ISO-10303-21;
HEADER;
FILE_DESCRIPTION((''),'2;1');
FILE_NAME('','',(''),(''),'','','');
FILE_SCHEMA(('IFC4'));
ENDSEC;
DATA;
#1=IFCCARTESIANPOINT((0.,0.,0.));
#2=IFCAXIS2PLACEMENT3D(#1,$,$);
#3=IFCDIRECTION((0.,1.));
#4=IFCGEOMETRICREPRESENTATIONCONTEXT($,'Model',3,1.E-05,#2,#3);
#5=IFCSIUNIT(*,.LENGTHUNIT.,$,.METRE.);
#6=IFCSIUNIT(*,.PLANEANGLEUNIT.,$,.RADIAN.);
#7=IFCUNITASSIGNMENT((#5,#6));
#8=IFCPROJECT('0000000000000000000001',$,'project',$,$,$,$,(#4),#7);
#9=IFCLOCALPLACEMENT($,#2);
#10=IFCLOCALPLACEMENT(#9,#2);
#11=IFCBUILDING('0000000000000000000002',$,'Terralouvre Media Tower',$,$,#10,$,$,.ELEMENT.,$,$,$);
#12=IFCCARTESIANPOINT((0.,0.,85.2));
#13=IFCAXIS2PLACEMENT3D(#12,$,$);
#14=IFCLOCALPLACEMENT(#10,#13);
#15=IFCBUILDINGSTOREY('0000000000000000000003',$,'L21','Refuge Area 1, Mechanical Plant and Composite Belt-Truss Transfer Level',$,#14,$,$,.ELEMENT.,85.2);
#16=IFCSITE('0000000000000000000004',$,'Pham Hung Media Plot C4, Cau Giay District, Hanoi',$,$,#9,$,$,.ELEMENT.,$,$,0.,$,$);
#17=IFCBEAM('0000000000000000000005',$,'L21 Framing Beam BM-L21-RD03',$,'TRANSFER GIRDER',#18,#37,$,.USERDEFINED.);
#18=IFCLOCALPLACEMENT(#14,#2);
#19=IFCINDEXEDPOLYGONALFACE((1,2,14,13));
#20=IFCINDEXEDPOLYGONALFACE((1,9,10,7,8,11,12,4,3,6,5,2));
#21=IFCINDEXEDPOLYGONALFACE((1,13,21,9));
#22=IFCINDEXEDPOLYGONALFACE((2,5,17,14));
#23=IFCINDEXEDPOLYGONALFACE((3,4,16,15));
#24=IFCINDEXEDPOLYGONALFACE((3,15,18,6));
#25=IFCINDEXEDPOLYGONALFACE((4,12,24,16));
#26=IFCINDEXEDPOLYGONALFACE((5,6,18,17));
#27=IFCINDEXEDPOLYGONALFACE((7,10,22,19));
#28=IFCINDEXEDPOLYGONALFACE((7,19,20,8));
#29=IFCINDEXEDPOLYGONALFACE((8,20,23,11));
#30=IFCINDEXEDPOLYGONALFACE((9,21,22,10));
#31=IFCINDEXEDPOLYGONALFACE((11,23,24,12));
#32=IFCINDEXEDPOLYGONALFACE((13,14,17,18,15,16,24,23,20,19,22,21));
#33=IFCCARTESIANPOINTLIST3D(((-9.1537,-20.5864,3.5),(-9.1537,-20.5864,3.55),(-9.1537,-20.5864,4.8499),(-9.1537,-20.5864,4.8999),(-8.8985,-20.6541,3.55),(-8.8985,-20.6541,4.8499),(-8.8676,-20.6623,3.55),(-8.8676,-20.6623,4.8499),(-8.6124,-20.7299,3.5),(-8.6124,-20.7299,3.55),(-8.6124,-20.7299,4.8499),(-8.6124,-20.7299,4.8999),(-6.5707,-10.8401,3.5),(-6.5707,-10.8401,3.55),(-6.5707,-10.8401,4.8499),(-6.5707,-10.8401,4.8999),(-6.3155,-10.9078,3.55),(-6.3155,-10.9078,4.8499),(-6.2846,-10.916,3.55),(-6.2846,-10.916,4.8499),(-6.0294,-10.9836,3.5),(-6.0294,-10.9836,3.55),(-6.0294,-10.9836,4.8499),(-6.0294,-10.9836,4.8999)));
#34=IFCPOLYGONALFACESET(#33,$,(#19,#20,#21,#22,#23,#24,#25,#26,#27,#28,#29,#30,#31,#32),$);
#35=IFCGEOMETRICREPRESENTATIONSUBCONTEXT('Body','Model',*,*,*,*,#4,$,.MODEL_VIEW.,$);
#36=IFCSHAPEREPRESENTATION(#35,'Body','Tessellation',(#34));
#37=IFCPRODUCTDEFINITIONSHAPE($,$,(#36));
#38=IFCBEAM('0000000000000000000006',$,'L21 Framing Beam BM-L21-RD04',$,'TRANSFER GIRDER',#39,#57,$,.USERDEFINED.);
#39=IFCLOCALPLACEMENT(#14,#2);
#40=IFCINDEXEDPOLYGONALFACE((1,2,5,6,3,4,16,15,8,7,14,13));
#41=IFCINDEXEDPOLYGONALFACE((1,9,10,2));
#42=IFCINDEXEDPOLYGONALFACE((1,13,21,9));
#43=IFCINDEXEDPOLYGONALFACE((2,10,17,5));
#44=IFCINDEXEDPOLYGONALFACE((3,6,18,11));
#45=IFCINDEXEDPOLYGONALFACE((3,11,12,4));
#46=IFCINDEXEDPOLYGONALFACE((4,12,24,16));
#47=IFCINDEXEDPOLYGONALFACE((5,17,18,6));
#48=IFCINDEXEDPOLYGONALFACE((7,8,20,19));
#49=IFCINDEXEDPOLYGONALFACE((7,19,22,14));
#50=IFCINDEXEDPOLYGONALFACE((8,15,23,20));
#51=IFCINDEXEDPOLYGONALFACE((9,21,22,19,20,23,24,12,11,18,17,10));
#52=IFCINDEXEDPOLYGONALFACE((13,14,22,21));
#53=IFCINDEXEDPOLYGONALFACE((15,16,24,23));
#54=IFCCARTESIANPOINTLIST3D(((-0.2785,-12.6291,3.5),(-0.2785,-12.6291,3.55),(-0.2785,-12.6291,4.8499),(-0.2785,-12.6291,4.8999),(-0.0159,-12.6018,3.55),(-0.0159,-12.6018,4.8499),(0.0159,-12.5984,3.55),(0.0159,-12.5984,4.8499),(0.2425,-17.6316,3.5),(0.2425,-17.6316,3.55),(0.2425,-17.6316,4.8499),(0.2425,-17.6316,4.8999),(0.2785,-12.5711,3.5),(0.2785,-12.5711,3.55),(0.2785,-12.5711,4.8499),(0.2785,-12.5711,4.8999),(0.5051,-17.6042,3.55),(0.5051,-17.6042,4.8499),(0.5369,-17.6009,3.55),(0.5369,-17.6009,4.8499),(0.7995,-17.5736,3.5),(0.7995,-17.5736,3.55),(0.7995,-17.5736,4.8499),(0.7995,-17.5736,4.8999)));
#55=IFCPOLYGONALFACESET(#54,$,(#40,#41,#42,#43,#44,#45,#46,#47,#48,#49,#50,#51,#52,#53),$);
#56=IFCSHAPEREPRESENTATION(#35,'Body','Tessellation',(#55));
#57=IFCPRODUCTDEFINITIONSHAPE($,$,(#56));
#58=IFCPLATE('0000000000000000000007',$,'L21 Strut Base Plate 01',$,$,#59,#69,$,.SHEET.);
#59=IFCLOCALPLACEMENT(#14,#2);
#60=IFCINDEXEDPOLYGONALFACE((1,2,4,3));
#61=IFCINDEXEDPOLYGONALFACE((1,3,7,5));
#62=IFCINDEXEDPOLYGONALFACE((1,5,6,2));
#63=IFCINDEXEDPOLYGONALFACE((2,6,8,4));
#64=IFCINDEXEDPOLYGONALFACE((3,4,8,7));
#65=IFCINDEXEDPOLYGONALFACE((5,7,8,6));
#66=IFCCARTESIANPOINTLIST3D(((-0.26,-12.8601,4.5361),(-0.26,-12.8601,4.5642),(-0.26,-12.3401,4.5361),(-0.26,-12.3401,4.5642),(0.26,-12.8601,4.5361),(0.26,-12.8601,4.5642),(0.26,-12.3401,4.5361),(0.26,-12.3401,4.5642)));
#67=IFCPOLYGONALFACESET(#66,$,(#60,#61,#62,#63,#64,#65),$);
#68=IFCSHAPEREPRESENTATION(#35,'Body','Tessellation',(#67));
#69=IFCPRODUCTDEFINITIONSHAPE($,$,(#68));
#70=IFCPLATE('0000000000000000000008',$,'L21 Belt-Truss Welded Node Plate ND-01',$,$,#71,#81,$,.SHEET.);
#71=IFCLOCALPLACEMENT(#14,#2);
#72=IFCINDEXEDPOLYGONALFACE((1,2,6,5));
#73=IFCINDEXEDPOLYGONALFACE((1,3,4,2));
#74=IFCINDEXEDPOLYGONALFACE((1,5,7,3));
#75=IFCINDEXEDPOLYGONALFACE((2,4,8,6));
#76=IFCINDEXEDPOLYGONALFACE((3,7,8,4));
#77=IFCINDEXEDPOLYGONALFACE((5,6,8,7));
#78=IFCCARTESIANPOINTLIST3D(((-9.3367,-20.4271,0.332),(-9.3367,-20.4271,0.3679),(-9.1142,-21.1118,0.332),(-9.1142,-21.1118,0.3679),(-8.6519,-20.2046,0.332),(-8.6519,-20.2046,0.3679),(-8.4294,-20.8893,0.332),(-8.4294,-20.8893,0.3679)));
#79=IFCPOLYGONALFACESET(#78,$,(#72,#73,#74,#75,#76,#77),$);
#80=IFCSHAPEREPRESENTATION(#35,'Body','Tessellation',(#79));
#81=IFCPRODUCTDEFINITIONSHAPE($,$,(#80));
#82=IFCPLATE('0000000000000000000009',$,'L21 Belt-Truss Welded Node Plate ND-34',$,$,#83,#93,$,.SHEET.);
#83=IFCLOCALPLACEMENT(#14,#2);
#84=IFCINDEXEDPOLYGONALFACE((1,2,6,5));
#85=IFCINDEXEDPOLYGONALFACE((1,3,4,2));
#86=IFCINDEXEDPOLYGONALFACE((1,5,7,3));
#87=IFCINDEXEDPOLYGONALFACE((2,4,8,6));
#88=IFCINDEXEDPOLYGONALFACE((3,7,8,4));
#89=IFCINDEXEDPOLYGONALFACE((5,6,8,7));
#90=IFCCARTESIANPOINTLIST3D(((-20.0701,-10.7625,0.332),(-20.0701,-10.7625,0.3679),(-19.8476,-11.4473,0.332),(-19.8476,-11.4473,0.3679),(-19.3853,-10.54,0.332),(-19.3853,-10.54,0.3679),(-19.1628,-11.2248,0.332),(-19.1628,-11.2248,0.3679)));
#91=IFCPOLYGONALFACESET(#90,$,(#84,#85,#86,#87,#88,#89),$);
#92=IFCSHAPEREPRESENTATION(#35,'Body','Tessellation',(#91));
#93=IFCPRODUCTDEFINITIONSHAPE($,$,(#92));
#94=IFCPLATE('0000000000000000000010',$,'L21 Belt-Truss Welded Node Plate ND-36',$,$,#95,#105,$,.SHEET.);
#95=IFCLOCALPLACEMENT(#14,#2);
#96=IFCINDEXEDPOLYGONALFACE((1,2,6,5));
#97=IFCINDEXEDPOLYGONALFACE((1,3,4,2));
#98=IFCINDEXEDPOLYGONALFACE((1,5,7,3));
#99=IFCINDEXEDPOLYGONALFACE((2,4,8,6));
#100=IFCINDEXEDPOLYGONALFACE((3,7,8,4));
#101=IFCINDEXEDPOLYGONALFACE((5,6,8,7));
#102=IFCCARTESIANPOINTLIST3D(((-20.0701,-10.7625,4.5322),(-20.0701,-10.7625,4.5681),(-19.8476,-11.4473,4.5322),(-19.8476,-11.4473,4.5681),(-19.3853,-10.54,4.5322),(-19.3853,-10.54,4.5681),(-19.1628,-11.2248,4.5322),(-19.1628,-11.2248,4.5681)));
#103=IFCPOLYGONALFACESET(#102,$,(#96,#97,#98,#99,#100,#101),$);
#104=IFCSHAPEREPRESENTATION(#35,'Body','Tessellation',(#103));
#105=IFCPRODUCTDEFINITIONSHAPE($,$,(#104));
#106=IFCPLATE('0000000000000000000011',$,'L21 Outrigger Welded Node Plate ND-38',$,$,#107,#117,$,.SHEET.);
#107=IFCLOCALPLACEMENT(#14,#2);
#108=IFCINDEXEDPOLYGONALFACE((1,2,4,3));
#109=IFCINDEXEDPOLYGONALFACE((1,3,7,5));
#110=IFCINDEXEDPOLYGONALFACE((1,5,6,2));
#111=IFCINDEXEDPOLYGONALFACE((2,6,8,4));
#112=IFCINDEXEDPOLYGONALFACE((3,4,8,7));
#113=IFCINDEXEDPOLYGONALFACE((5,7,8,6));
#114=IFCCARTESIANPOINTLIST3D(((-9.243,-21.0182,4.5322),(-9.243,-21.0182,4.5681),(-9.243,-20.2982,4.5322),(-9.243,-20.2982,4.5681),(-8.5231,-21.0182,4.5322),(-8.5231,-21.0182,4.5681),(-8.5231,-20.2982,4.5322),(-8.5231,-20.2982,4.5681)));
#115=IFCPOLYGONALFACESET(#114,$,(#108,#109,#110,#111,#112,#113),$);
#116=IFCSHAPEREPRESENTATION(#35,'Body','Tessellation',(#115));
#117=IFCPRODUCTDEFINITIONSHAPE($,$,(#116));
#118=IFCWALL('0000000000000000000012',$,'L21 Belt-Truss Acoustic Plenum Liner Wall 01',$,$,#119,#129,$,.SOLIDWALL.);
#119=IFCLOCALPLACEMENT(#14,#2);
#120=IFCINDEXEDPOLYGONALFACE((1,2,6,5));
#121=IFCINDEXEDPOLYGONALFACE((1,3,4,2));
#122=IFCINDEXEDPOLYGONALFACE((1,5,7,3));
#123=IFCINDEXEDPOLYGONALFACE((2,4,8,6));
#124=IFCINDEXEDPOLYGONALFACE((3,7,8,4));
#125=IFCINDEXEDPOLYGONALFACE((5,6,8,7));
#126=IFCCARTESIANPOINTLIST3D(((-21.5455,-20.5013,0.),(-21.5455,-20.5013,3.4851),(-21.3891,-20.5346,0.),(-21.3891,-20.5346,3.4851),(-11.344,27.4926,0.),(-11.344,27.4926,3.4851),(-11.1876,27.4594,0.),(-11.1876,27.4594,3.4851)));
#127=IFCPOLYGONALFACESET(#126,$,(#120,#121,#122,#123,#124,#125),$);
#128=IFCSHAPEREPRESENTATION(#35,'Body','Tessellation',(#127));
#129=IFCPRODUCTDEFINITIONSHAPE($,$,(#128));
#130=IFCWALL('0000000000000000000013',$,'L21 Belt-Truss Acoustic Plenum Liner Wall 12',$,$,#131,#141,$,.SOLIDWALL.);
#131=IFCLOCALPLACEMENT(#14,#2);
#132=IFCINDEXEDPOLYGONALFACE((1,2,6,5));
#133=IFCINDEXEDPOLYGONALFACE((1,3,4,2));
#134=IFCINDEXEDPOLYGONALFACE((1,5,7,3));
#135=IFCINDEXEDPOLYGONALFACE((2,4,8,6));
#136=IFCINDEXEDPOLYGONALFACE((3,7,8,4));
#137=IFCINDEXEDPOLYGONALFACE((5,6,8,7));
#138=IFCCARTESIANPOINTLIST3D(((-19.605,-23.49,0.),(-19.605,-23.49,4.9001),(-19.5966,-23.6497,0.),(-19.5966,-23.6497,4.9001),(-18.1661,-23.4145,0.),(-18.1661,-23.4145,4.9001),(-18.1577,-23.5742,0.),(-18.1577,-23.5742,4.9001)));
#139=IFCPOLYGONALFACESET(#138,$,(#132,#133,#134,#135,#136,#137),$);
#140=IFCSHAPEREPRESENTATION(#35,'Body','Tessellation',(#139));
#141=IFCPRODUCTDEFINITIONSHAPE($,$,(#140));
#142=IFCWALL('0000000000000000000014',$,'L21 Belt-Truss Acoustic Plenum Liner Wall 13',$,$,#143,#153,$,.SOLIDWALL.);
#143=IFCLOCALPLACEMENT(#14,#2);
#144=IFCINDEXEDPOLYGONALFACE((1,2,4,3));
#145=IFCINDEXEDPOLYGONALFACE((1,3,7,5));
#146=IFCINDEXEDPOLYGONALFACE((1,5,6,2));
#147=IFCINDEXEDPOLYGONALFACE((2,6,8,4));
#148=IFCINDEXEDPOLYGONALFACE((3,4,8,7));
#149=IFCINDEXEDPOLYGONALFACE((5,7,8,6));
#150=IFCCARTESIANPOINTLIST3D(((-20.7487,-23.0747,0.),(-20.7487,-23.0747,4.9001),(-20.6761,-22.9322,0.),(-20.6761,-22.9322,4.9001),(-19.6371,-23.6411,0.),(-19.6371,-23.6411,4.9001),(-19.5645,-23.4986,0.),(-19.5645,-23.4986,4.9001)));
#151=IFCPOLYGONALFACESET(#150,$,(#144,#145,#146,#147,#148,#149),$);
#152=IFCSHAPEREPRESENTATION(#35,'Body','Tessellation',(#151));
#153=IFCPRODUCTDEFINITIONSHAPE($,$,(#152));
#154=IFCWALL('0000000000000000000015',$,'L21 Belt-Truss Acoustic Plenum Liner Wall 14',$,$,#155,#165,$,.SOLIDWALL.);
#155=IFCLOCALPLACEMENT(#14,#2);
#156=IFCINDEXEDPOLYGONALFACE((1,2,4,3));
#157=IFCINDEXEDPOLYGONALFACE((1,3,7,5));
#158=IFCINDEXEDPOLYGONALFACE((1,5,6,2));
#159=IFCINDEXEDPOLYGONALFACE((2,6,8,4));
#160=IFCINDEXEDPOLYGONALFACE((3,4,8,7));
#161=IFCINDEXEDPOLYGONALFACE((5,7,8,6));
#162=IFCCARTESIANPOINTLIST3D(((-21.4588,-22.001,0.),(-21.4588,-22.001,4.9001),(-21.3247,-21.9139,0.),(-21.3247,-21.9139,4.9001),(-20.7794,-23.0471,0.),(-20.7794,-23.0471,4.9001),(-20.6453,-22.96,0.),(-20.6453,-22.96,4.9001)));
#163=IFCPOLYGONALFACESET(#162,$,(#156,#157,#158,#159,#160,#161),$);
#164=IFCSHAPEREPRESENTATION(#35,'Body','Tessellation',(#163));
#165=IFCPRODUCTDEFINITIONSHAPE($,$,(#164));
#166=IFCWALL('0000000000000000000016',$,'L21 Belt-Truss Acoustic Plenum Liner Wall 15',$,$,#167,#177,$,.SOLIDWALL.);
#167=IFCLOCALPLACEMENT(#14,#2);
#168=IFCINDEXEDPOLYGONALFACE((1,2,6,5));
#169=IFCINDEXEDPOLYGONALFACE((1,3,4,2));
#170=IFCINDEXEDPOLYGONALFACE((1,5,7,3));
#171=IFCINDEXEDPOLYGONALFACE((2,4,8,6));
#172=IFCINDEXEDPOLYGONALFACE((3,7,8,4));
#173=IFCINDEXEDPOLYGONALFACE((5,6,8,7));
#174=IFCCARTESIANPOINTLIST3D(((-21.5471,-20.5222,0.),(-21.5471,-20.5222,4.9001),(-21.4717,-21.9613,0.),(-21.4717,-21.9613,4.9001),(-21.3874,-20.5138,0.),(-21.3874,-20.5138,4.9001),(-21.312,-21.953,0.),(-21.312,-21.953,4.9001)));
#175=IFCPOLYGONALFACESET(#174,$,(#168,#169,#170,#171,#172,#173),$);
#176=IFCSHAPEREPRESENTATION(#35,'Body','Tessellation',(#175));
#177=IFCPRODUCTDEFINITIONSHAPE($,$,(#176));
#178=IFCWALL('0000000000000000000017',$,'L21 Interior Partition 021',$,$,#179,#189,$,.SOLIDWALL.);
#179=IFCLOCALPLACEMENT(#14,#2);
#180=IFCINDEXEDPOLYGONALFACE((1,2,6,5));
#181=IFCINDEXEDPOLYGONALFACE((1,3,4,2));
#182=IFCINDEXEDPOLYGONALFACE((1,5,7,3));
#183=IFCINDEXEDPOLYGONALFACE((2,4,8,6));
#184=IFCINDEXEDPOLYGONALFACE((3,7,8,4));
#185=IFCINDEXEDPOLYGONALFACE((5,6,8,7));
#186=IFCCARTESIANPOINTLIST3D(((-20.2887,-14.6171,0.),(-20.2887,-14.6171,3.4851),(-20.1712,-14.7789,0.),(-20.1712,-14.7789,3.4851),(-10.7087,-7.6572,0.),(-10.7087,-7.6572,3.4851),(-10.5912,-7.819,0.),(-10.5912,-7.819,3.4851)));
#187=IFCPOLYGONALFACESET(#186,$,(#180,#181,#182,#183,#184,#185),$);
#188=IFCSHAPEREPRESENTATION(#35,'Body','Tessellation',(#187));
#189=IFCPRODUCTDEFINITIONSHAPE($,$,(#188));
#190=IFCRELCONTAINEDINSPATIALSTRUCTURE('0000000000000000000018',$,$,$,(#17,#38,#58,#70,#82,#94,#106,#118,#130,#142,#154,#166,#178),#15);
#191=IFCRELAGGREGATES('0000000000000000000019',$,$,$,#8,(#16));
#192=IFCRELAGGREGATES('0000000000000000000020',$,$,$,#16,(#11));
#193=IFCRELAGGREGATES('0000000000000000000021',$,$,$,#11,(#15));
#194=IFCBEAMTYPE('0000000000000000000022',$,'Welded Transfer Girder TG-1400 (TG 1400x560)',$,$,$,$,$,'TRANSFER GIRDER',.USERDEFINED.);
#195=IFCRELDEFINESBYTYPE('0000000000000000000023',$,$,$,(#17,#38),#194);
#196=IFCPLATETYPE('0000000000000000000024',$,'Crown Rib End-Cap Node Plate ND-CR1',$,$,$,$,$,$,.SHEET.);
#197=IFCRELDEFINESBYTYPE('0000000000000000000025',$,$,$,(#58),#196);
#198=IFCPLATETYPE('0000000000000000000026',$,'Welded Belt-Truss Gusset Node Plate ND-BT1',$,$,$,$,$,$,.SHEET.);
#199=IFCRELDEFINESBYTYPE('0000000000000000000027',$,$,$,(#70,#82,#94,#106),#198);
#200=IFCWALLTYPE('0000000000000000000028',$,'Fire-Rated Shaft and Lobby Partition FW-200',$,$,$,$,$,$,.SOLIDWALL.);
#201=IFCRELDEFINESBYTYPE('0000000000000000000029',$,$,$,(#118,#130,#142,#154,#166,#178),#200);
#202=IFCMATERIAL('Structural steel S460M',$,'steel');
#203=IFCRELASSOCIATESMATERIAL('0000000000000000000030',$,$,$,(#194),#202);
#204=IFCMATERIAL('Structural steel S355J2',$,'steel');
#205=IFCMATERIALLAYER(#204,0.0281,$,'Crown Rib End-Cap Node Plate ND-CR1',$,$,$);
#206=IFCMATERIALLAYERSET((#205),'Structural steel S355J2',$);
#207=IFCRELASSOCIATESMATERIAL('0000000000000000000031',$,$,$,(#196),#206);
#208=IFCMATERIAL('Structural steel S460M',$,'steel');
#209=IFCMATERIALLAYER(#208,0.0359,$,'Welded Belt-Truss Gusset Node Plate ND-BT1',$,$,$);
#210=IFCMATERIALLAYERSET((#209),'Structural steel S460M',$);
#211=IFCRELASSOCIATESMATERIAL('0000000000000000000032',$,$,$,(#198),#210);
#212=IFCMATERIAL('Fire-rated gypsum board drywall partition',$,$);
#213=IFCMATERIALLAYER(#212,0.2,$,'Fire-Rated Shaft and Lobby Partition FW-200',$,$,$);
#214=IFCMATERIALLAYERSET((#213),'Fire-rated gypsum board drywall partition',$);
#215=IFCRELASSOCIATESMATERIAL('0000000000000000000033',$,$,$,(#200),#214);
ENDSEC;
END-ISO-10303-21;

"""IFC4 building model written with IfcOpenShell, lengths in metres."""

from ifc_helpers import new_model, si_unit, direction, frame, frame_2d, origin, origin_2d, place, context, subcontext, project, spatial, rectangle, i_section, extrude, material, layer, layer_set, material_profile, profile_set, type_object, element, save


model = new_model("IFC4")

# Units and contexts
model_context = context("Model", 3, precision=1e-05, world=origin(), true_north=direction((0.0, 1.0)))
body_context = subcontext(model_context, "Body", "Model", "MODEL_VIEW")
ifc_project = project(units=[si_unit("LENGTHUNIT", "METRE"), si_unit("PLANEANGLEUNIT", "RADIAN")], contexts=[model_context])

# Site, building, storey
site_placement = place(None, origin())
site = spatial("IfcSite", under=ifc_project, at=site_placement, Name="Pham Hung Media Plot C4, Cau Giay District, Hanoi", CompositionType="ELEMENT", RefElevation=0.0)
building_placement = place(site_placement, origin())
building = spatial("IfcBuilding", under=site, at=building_placement, Name="Terralouvre Media Tower", CompositionType="ELEMENT")
storey_placement = place(building_placement, frame((0.0, 0.0, 85.2)))
storey = spatial("IfcBuildingStorey", under=building, at=storey_placement, Name="L21", Description="Refuge Area 1, Mechanical Plant and Composite Belt-Truss Transfer Level", CompositionType="ELEMENT", Elevation=85.2)

# Beams
ifc_material_1 = material(Name="Structural steel S460M", Category="steel")
ifc_material_profile_1 = material_profile(ifc_material_1, i_section(OverallWidth=0.5601, OverallDepth=1.3999, WebThickness=0.032, FlangeThickness=0.05, at=origin_2d()), Name="TG 1400x560")
ifc_profile_set_1 = profile_set([ifc_material_profile_1], Name="Structural steel S460M")
beam_type_1 = type_object("IfcBeamType", Name="Welded Transfer Girder TG-1400 (TG 1400x560)", ElementType="TRANSFER GIRDER", PredefinedType="USERDEFINED", material=ifc_profile_set_1)
beam_1_placement = place(storey_placement, frame((-6.3, -10.9119, 4.2), z_axis=(-0.256179, -0.966629, 0.0), x_axis=(0.966629, -0.256179, 0.0)))
element("IfcBeam", 1, at=beam_1_placement, inside=storey, type_object=beam_type_1, Name="L21 Framing Beam BM-L21-RD03", ObjectType="TRANSFER GIRDER", PredefinedType="USERDEFINED", context=body_context, shape_type="SweptSolid", body=[
    extrude(i_section(OverallWidth=0.5601, OverallDepth=1.3999, WebThickness=0.032, FlangeThickness=0.05, at=origin_2d()), origin(), (0.0, 0.0, 1.0), 10.0828),
])
beam_2_placement = place(storey_placement, frame((0.0, -12.6001, 4.2), z_axis=(0.103588, -0.99462, 0.0), x_axis=(0.99462, 0.103588, 0.0)))
element("IfcBeam", 2, at=beam_2_placement, inside=storey, type_object=beam_type_1, Name="L21 Framing Beam BM-L21-RD04", ObjectType="TRANSFER GIRDER", PredefinedType="USERDEFINED", context=body_context, shape_type="SweptSolid", body=[
    extrude(i_section(OverallWidth=0.5601, OverallDepth=1.3999, WebThickness=0.032, FlangeThickness=0.05, at=origin_2d()), origin(), (0.0, 0.0, 1.0), 5.0295),
])

# Plates
ifc_material_2 = material(Name="Structural steel S355J2", Category="steel")
ifc_layer_1 = layer(ifc_material_2, 0.0281, Name="Crown Rib End-Cap Node Plate ND-CR1")
ifc_layer_set_1 = layer_set([ifc_layer_1], Name="Structural steel S355J2")
plate_type_1 = type_object("IfcPlateType", Name="Crown Rib End-Cap Node Plate ND-CR1", PredefinedType="SHEET", material=ifc_layer_set_1)
plate_placement = place(storey_placement, frame((0.0, -12.6001, 4.5361), z_axis=(0.0, 0.0, 1.0), x_axis=(1.0, 0.0, 0.0)))
element("IfcPlate", 3, at=plate_placement, inside=storey, type_object=plate_type_1, Name="L21 Strut Base Plate 01", PredefinedType="SHEET", context=body_context, shape_type="SweptSolid", body=[
    extrude(rectangle(XDim=0.52, YDim=0.52, at=origin_2d()), origin(), (0.0, 0.0, 1.0), 0.0281),
])
ifc_material_3 = material(Name="Structural steel S460M", Category="steel")
ifc_layer_2 = layer(ifc_material_3, 0.0359, Name="Welded Belt-Truss Gusset Node Plate ND-BT1")
ifc_layer_set_2 = layer_set([ifc_layer_2], Name="Structural steel S460M")
plate_type_2 = type_object("IfcPlateType", Name="Welded Belt-Truss Gusset Node Plate ND-BT1", PredefinedType="SHEET", material=ifc_layer_set_2)
for number, where, z_axis, x_axis, name in (
    (4, (-8.8831, -20.6582, 0.332), (0.0, 0.0, 1.0), (0.951057, 0.309017, 0.0), "L21 Belt-Truss Welded Node Plate ND-01"),
    (5, (-19.6165, -10.9937, 0.332), (0.0, 0.0, 1.0), (0.951057, 0.309017, 0.0), "L21 Belt-Truss Welded Node Plate ND-34"),
    (6, (-19.6165, -10.9937, 4.5322), (0.0, 0.0, 1.0), (0.951057, 0.309017, 0.0), "L21 Belt-Truss Welded Node Plate ND-36"),
    (7, (-8.8831, -20.6582, 4.5322), (0.0, 0.0, 1.0), (1.0, 0.0, 0.0), "L21 Outrigger Welded Node Plate ND-38"),
):
    element("IfcPlate", number, at=place(storey_placement, frame(where, z_axis=z_axis, x_axis=x_axis)), inside=storey, type_object=plate_type_2, Name=name, PredefinedType="SHEET", context=body_context, shape_type="SweptSolid", body=[
        extrude(rectangle(XDim=0.72, YDim=0.72, at=origin_2d()), origin(), (0.0, 0.0, 1.0), 0.0359),
    ])

# Walls
ifc_material_4 = material(Name="Fire-rated gypsum board drywall partition")
ifc_layer_3 = layer(ifc_material_4, 0.2, Name="Fire-Rated Shaft and Lobby Partition FW-200")
ifc_layer_set_3 = layer_set([ifc_layer_3], Name="Fire-rated gypsum board drywall partition")
wall_type_1 = type_object("IfcWallType", Name="Fire-Rated Shaft and Lobby Partition FW-200", PredefinedType="SOLIDWALL", material=ifc_layer_set_3)
wall_1_placement = place(storey_placement, frame((-21.4673, -20.5181, 0.0), z_axis=(0.0, 0.0, 1.0), x_axis=(0.207912, 0.978148, 0.0)))
element("IfcWall", 8, at=wall_1_placement, inside=storey, type_object=wall_type_1, Name="L21 Belt-Truss Acoustic Plenum Liner Wall 01", PredefinedType="SOLIDWALL", context=body_context, shape_type="SweptSolid", body=[
    extrude(rectangle(XDim=49.0662, YDim=0.1599, at=frame_2d((24.5332, 0.0))), origin(), (0.0, 0.0, 1.0), 3.4851),
])
wall_2_placement = place(storey_placement, frame((-18.1619, -23.4944, 0.0), z_axis=(0.0, 0.0, 1.0), x_axis=(-0.998629, -0.052354, 0.0)))
element("IfcWall", 9, at=wall_2_placement, inside=storey, type_object=wall_type_1, Name="L21 Belt-Truss Acoustic Plenum Liner Wall 12", PredefinedType="SOLIDWALL", context=body_context, shape_type="SweptSolid", body=[
    extrude(rectangle(XDim=1.4409, YDim=0.1599, at=frame_2d((0.7205, 0.0))), origin(), (0.0, 0.0, 1.0), 4.9001),
])
wall_3_placement = place(storey_placement, frame((-19.6008, -23.5698, 0.0), z_axis=(0.0, 0.0, 1.0), x_axis=(-0.890996, 0.454011, 0.0)))
element("IfcWall", 10, at=wall_3_placement, inside=storey, type_object=wall_type_1, Name="L21 Belt-Truss Acoustic Plenum Liner Wall 13", PredefinedType="SOLIDWALL", context=body_context, shape_type="SweptSolid", body=[
    extrude(rectangle(XDim=1.2476, YDim=0.1599, at=frame_2d((0.6238, 0.0))), origin(), (0.0, 0.0, 1.0), 4.9001),
])
wall_4_placement = place(storey_placement, frame((-20.7124, -23.0034, 0.0), z_axis=(0.0, 0.0, 1.0), x_axis=(-0.544679, 0.838645, 0.0)))
element("IfcWall", 11, at=wall_4_placement, inside=storey, type_object=wall_type_1, Name="L21 Belt-Truss Acoustic Plenum Liner Wall 14", PredefinedType="SOLIDWALL", context=body_context, shape_type="SweptSolid", body=[
    extrude(rectangle(XDim=1.2473, YDim=0.1599, at=frame_2d((0.6235, 0.0))), origin(), (0.0, 0.0, 1.0), 4.9001),
])
wall_5_placement = place(storey_placement, frame((-21.3918, -21.9573, 0.0), z_axis=(0.0, 0.0, 1.0), x_axis=(-0.052345, 0.998629, 0.0)))
element("IfcWall", 12, at=wall_5_placement, inside=storey, type_object=wall_type_1, Name="L21 Belt-Truss Acoustic Plenum Liner Wall 15", PredefinedType="SOLIDWALL", context=body_context, shape_type="SweptSolid", body=[
    extrude(rectangle(XDim=1.4412, YDim=0.1599, at=frame_2d((0.7207, 0.0))), origin(), (0.0, 0.0, 1.0), 4.9001),
])
wall_6_placement = place(storey_placement, frame((-20.23, -14.698, 0.0), z_axis=(0.0, 0.0, 1.0), x_axis=(0.809032, 0.587765, 0.0)))
element("IfcWall", 13, at=wall_6_placement, inside=storey, type_object=wall_type_1, Name="L21 Interior Partition 021", PredefinedType="SOLIDWALL", context=body_context, shape_type="SweptSolid", body=[
    extrude(rectangle(XDim=11.8413, YDim=0.2, at=frame_2d((5.9207, 0.0))), origin(), (0.0, 0.0, 1.0), 3.4851),
])

save(model, "model.ifc")
